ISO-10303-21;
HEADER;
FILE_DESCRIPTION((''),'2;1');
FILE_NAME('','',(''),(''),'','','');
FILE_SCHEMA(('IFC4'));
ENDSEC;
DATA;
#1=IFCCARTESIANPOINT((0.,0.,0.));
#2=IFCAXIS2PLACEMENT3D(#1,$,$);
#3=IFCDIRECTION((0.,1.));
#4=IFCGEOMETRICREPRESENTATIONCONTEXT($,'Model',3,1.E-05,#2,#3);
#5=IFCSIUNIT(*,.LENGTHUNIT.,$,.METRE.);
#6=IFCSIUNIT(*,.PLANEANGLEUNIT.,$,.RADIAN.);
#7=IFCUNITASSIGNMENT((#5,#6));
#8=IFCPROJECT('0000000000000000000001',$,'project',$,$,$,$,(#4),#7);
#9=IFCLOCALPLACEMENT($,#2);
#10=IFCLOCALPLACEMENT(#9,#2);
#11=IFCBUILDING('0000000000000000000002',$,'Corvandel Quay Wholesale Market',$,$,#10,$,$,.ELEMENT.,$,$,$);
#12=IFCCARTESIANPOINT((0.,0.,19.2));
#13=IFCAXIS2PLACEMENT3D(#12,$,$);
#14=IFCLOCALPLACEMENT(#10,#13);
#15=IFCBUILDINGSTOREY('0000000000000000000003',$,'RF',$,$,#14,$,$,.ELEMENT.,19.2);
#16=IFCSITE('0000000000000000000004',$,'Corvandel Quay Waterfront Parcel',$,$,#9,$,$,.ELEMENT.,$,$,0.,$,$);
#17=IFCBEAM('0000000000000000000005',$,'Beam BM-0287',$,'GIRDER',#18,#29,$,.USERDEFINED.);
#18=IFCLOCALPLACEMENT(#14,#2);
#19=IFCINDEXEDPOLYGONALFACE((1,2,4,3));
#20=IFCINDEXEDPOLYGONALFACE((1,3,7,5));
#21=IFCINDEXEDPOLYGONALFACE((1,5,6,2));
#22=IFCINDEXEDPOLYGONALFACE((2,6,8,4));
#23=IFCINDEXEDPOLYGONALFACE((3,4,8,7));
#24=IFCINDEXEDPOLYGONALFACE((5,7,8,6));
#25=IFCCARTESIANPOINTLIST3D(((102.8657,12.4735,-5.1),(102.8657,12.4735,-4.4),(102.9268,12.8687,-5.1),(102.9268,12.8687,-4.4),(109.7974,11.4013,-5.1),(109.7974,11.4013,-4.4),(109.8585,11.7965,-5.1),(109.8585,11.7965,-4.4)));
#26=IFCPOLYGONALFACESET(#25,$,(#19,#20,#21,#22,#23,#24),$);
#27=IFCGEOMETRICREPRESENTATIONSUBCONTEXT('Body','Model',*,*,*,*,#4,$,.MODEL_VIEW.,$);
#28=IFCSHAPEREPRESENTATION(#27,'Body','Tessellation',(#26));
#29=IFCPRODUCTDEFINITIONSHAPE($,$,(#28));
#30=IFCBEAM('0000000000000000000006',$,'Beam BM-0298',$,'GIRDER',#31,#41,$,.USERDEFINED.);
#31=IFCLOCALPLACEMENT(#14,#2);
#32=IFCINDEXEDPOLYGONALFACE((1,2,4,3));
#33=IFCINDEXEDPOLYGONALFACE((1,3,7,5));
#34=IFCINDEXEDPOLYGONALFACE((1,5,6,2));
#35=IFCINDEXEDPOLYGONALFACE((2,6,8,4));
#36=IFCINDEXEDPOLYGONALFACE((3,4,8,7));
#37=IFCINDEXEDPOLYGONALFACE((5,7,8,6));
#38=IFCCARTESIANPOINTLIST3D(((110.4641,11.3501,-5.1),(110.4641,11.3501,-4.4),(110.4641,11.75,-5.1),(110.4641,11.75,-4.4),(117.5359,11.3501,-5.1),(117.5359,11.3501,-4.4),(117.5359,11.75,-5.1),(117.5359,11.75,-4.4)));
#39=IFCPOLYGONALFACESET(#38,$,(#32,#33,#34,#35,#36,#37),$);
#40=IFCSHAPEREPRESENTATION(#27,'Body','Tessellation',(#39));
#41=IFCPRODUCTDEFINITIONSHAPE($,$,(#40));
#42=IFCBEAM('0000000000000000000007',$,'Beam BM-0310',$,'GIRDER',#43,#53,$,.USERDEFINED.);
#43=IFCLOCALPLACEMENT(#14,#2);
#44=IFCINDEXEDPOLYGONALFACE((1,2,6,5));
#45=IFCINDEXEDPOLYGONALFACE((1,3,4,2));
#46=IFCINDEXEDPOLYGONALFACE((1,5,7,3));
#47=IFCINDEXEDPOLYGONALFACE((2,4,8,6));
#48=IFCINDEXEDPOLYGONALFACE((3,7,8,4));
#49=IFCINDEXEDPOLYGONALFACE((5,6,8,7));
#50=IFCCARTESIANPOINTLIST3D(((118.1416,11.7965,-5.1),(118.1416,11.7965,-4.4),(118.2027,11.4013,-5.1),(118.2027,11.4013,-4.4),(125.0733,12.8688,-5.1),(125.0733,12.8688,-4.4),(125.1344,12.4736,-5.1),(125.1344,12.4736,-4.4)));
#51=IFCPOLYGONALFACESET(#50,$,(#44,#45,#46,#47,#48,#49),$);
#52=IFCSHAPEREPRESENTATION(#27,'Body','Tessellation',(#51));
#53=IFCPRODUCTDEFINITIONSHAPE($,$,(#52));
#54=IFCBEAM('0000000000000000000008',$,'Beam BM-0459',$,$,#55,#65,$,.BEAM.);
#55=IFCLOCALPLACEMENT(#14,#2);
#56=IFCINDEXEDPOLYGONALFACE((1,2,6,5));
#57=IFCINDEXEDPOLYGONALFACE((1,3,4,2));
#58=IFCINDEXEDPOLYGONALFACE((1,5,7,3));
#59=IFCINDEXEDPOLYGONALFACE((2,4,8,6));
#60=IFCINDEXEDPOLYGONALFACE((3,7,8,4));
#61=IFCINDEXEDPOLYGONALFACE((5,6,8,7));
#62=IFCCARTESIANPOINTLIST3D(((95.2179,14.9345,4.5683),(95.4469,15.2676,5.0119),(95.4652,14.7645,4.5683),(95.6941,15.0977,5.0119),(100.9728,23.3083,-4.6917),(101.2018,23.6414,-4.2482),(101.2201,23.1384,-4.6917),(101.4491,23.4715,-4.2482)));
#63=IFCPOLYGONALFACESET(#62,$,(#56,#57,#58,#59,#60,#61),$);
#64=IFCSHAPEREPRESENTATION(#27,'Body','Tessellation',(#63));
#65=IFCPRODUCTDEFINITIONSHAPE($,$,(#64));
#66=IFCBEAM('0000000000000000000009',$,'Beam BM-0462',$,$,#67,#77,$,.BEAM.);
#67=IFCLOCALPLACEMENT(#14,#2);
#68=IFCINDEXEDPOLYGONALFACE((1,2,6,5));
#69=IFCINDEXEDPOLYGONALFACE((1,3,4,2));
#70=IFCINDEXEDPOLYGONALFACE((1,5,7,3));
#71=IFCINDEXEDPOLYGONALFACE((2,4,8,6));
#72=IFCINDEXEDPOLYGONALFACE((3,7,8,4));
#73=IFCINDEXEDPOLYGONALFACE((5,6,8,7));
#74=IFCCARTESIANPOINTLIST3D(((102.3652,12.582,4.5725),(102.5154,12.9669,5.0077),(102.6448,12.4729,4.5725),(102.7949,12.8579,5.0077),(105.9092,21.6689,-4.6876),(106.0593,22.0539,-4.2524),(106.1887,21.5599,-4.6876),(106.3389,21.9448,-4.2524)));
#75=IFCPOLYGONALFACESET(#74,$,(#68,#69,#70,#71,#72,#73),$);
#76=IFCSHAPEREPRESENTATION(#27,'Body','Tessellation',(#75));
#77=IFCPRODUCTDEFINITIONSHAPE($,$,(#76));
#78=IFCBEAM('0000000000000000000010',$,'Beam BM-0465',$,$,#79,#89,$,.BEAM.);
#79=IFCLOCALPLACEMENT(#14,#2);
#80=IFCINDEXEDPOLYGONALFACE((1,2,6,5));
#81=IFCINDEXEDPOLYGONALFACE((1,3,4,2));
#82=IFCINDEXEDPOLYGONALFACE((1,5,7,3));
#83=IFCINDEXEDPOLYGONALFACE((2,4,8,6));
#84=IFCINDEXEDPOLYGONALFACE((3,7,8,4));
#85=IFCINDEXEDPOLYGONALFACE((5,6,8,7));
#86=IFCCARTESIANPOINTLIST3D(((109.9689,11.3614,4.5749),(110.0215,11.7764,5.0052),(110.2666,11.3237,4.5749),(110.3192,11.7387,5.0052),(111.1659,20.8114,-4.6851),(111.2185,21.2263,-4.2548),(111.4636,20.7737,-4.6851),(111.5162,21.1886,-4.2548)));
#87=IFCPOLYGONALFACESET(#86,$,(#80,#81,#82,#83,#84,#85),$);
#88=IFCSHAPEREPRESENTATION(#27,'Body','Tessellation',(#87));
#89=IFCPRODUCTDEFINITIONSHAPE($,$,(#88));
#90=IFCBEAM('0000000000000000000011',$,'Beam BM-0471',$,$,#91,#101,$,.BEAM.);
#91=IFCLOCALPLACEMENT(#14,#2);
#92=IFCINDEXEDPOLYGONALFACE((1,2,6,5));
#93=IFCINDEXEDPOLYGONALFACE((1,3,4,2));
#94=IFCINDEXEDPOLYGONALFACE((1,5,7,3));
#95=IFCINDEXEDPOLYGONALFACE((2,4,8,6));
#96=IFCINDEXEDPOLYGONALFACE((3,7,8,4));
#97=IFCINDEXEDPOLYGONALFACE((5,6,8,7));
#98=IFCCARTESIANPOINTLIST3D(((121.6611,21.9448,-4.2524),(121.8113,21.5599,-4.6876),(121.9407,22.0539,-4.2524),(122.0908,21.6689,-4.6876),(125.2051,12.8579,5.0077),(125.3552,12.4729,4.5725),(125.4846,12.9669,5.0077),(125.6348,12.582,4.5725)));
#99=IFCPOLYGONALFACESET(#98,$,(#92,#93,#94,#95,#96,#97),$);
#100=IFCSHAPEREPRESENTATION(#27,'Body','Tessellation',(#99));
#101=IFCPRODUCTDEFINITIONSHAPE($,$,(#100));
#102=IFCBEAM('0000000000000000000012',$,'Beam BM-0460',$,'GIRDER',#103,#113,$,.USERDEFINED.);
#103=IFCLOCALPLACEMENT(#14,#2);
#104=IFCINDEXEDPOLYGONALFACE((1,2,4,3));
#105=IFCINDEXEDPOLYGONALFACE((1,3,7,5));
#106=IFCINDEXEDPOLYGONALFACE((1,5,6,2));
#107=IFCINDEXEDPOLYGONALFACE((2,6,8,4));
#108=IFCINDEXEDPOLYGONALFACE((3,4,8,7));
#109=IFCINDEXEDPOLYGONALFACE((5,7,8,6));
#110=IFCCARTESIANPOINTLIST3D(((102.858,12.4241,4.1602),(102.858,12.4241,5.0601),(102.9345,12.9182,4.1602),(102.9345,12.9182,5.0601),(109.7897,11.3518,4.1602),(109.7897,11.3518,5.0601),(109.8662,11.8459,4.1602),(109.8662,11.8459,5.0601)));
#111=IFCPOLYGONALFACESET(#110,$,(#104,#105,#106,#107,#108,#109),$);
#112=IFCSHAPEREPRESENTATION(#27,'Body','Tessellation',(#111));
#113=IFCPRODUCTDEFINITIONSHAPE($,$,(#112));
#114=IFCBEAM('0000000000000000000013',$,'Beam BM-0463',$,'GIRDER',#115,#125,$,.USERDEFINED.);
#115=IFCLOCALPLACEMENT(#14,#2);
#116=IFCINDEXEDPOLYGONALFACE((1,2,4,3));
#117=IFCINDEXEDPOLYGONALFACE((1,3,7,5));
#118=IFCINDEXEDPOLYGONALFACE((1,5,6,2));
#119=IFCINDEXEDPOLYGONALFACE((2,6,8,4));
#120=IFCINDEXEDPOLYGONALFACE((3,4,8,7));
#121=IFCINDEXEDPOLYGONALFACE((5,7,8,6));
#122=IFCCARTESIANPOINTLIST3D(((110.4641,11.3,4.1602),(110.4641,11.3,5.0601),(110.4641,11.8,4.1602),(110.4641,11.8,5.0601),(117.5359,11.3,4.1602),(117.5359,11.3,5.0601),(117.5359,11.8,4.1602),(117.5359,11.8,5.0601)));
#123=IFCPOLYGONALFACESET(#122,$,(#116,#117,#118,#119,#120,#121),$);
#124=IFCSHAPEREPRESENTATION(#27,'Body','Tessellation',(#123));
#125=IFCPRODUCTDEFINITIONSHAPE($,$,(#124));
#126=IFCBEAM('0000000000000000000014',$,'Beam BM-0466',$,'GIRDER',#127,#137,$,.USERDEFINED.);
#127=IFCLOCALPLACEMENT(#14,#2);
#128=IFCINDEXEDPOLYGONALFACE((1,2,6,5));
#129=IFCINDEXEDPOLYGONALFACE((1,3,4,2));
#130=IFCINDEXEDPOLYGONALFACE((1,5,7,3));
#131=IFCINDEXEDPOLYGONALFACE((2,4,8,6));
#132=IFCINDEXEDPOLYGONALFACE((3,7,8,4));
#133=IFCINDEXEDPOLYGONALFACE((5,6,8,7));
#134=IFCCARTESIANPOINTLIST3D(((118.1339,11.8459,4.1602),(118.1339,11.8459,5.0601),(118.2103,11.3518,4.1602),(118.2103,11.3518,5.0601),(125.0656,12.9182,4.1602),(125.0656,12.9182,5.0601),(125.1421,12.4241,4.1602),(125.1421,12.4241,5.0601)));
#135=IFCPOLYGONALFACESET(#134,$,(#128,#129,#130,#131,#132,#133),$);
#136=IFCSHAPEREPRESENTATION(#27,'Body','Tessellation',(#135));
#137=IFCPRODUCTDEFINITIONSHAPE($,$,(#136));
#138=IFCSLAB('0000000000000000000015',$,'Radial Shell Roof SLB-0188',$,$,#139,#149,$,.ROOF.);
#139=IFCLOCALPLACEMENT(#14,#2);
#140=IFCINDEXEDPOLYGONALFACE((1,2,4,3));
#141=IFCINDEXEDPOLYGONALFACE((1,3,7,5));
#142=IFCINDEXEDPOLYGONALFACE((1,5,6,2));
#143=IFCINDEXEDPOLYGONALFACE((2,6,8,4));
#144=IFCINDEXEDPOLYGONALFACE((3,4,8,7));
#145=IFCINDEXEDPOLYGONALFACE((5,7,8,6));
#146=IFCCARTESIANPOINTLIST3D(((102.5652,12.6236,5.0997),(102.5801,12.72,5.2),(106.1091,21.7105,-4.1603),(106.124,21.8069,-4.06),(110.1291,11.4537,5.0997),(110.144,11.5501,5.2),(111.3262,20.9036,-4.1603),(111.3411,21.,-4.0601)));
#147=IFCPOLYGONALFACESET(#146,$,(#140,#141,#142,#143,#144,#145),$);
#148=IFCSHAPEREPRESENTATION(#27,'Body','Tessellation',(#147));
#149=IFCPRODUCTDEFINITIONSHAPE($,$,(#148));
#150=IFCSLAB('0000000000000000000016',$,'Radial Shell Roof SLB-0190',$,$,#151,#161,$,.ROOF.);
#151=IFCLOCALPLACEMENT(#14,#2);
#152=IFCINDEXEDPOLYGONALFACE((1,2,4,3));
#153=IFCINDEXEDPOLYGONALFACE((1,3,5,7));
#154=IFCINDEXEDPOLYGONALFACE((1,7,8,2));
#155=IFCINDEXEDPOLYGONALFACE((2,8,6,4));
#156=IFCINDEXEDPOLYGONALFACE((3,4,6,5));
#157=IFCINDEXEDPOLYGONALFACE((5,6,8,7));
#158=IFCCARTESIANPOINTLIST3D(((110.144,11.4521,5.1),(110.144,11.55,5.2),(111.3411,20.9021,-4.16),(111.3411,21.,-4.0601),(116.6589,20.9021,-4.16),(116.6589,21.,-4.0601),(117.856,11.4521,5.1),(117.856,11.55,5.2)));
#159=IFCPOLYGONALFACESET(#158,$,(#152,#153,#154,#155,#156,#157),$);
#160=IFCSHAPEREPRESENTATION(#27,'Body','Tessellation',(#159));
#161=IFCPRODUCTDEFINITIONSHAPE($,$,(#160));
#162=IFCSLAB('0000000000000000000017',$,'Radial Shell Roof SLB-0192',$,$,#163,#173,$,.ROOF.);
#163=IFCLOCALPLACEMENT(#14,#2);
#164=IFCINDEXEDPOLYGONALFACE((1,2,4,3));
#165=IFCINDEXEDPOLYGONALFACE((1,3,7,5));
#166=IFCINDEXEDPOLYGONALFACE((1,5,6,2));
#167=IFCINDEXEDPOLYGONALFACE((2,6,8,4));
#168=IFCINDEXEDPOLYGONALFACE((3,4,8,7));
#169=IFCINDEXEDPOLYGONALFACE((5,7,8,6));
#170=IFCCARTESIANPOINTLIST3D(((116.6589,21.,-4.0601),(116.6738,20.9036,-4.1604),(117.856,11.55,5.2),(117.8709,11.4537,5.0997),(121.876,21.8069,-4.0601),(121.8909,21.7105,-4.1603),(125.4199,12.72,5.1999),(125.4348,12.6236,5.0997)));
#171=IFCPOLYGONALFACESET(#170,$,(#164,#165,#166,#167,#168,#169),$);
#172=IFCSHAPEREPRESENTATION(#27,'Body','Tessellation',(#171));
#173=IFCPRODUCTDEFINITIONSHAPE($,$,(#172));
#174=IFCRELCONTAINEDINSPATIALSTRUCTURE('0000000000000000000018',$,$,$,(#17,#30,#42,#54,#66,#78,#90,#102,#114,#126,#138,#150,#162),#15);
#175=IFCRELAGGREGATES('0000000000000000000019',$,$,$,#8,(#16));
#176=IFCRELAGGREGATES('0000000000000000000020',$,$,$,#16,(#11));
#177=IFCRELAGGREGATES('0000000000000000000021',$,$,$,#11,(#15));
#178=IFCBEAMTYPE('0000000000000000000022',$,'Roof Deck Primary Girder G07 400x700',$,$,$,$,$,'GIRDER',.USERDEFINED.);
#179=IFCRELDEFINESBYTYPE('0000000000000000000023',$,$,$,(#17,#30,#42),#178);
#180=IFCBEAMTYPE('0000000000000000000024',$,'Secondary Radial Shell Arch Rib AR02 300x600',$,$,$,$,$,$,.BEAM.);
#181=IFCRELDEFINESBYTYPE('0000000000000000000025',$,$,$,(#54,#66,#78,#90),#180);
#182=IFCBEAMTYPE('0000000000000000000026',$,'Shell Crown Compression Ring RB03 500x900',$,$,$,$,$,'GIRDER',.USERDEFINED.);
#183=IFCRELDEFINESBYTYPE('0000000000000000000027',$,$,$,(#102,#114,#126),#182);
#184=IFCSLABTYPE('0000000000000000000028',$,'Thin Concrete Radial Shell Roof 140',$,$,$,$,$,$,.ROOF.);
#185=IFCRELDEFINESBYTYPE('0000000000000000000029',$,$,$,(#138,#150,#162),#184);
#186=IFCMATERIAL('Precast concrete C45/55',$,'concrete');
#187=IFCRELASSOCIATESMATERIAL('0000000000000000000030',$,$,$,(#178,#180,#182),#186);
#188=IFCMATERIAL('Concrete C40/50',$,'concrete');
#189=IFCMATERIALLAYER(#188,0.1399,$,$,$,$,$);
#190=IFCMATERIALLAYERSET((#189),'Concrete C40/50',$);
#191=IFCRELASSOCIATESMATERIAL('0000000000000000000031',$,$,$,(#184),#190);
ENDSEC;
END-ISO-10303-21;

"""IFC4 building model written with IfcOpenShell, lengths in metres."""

from ifc_helpers import new_model, si_unit, direction, frame, origin, origin_2d, place, context, subcontext, project, spatial, polyline, rectangle, outline, extrude, material, layer, layer_set, material_profile, profile_set, type_object, element, save


model = new_model("IFC4")

# Units and contexts
model_context = context("Model", 3, precision=1e-05, world=origin(), true_north=direction((0.0, 1.0)))
body_context = subcontext(model_context, "Body", "Model", "MODEL_VIEW")
ifc_project = project(units=[si_unit("LENGTHUNIT", "METRE"), si_unit("PLANEANGLEUNIT", "RADIAN")], contexts=[model_context])

# Site, building, storey
site_placement = place(None, origin())
site = spatial("IfcSite", under=ifc_project, at=site_placement, Name="Corvandel Quay Waterfront Parcel", CompositionType="ELEMENT", RefElevation=0.0)
building_placement = place(site_placement, origin())
building = spatial("IfcBuilding", under=site, at=building_placement, Name="Corvandel Quay Wholesale Market", CompositionType="ELEMENT")
storey_placement = place(building_placement, frame((0.0, 0.0, 19.2)))
storey = spatial("IfcBuildingStorey", under=building, at=storey_placement, Name="RF", CompositionType="ELEMENT", Elevation=19.2)

# Shared definitions
ifc_material_1 = material(Name="Precast concrete C45/55", Category="concrete")

# Beams
ifc_material_profile_1 = material_profile(ifc_material_1, rectangle(XDim=0.3999, YDim=0.7, at=origin_2d()), Name="PC-GIR-400x700")
ifc_profile_set_1 = profile_set([ifc_material_profile_1], Name="Precast concrete C45/55")
beam_type_1 = type_object("IfcBeamType", Name="Roof Deck Primary Girder G07 400x700", ElementType="GIRDER", PredefinedType="USERDEFINED", material=ifc_profile_set_1)
beam_1_placement = place(storey_placement, frame((102.8962, 12.6711, -4.75), z_axis=(0.988246, -0.152873, 0.0), x_axis=(0.152873, 0.988246, 0.0)))
element("IfcBeam", 1, at=beam_1_placement, inside=storey, type_object=beam_type_1, Name="Beam BM-0287", ObjectType="GIRDER", PredefinedType="USERDEFINED", context=body_context, shape_type="SweptSolid", body=[
    extrude(rectangle(XDim=0.3999, YDim=0.7, at=origin_2d()), origin(), (0.0, 0.0, 1.0), 7.0142),
])
beam_2_placement = place(storey_placement, frame((110.4641, 11.55, -4.75), z_axis=(1.0, 0.0, 0.0), x_axis=(0.0, 1.0, 0.0)))
element("IfcBeam", 2, at=beam_2_placement, inside=storey, type_object=beam_type_1, Name="Beam BM-0298", ObjectType="GIRDER", PredefinedType="USERDEFINED", context=body_context, shape_type="SweptSolid", body=[
    extrude(rectangle(XDim=0.3999, YDim=0.7, at=origin_2d()), origin(), (0.0, 0.0, 1.0), 7.0718),
])
beam_3_placement = place(storey_placement, frame((118.1721, 11.5989, -4.75), z_axis=(0.988246, 0.152873, 0.0), x_axis=(-0.152873, 0.988246, 0.0)))
element("IfcBeam", 3, at=beam_3_placement, inside=storey, type_object=beam_type_1, Name="Beam BM-0310", ObjectType="GIRDER", PredefinedType="USERDEFINED", context=body_context, shape_type="SweptSolid", body=[
    extrude(rectangle(XDim=0.3999, YDim=0.7, at=origin_2d()), origin(), (0.0, 0.0, 1.0), 7.0142),
])
ifc_material_profile_2 = material_profile(ifc_material_1, rectangle(XDim=0.3, YDim=0.6001, at=origin_2d()), Name="PC-RIB-300x600")
ifc_profile_set_2 = profile_set([ifc_material_profile_2], Name="Precast concrete C45/55")
beam_type_2 = type_object("IfcBeamType", Name="Secondary Radial Shell Arch Rib AR02 300x600", PredefinedType="BEAM", material=ifc_profile_set_2)
beam_4_placement = place(storey_placement, frame((101.2109, 23.3899, -4.47), z_axis=(-0.418621, -0.609124, 0.67359), x_axis=(0.824138, -0.566389, 0.0)))
element("IfcBeam", 4, at=beam_4_placement, inside=storey, type_object=beam_type_2, Name="Beam BM-0459", PredefinedType="BEAM", context=body_context, shape_type="SweptSolid", body=[
    extrude(rectangle(XDim=0.3, YDim=0.6001, at=origin_2d()), origin(), (0.0, 0.0, 1.0), 13.7473),
])
beam_5_placement = place(storey_placement, frame((106.124, 21.8069, -4.47), z_axis=(-0.263507, -0.67565, 0.688521), x_axis=(0.931653, -0.36335, 0.0)))
element("IfcBeam", 5, at=beam_5_placement, inside=storey, type_object=beam_type_2, Name="Beam BM-0462", PredefinedType="BEAM", context=body_context, shape_type="SweptSolid", body=[
    extrude(rectangle(XDim=0.3, YDim=0.6001, at=origin_2d()), origin(), (0.0, 0.0, 1.0), 13.4492),
])
beam_6_placement = place(storey_placement, frame((111.3411, 21.0, -4.47), z_axis=(-0.090106, -0.711343, 0.697045), x_axis=(0.992073, -0.125665, 0.0)))
element("IfcBeam", 6, at=beam_6_placement, inside=storey, type_object=beam_type_2, Name="Beam BM-0465", PredefinedType="BEAM", context=body_context, shape_type="SweptSolid", body=[
    extrude(rectangle(XDim=0.3, YDim=0.6001, at=origin_2d()), origin(), (0.0, 0.0, 1.0), 13.2847),
])
beam_7_placement = place(storey_placement, frame((121.876, 21.8069, -4.47), z_axis=(0.263507, -0.67565, 0.688521), x_axis=(0.931653, 0.36335, 0.0)))
element("IfcBeam", 7, at=beam_7_placement, inside=storey, type_object=beam_type_2, Name="Beam BM-0471", PredefinedType="BEAM", context=body_context, shape_type="SweptSolid", body=[
    extrude(rectangle(XDim=0.3, YDim=0.6001, at=origin_2d()), origin(), (0.0, 0.0, 1.0), 13.4492),
])
ifc_material_profile_3 = material_profile(ifc_material_1, rectangle(XDim=0.5, YDim=0.8999, at=origin_2d()), Name="PC-RING-500x900")
ifc_profile_set_3 = profile_set([ifc_material_profile_3], Name="Precast concrete C45/55")
beam_type_3 = type_object("IfcBeamType", Name="Shell Crown Compression Ring RB03 500x900", ElementType="GIRDER", PredefinedType="USERDEFINED", material=ifc_profile_set_3)
beam_8_placement = place(storey_placement, frame((102.8962, 12.6711, 4.6101), z_axis=(0.988246, -0.152873, 0.0), x_axis=(0.152873, 0.988246, 0.0)))
element("IfcBeam", 8, at=beam_8_placement, inside=storey, type_object=beam_type_3, Name="Beam BM-0460", ObjectType="GIRDER", PredefinedType="USERDEFINED", context=body_context, shape_type="SweptSolid", body=[
    extrude(rectangle(XDim=0.5, YDim=0.8999, at=origin_2d()), origin(), (0.0, 0.0, 1.0), 7.0142),
])
beam_9_placement = place(storey_placement, frame((110.4641, 11.55, 4.6101), z_axis=(1.0, 0.0, 0.0), x_axis=(0.0, 1.0, 0.0)))
element("IfcBeam", 9, at=beam_9_placement, inside=storey, type_object=beam_type_3, Name="Beam BM-0463", ObjectType="GIRDER", PredefinedType="USERDEFINED", context=body_context, shape_type="SweptSolid", body=[
    extrude(rectangle(XDim=0.5, YDim=0.8999, at=origin_2d()), origin(), (0.0, 0.0, 1.0), 7.0718),
])
beam_10_placement = place(storey_placement, frame((118.1721, 11.5989, 4.6101), z_axis=(0.988246, 0.152873, 0.0), x_axis=(-0.152873, 0.988246, 0.0)))
element("IfcBeam", 10, at=beam_10_placement, inside=storey, type_object=beam_type_3, Name="Beam BM-0466", ObjectType="GIRDER", PredefinedType="USERDEFINED", context=body_context, shape_type="SweptSolid", body=[
    extrude(rectangle(XDim=0.5, YDim=0.8999, at=origin_2d()), origin(), (0.0, 0.0, 1.0), 7.0142),
])

# Slabs
ifc_material_2 = material(Name="Concrete C40/50", Category="concrete")
ifc_layer = layer(ifc_material_2, 0.1399)
ifc_layer_set = layer_set([ifc_layer], Name="Concrete C40/50")
slab_type = type_object("IfcSlabType", Name="Thin Concrete Radial Shell Roof 140", PredefinedType="ROOF", material=ifc_layer_set)
slab_1_placement = place(storey_placement, frame((102.5801, 12.72, 5.2), z_axis=(0.106564, 0.688989, 0.716895), x_axis=(0.988249, -0.152852, 0.000001)))
element("IfcSlab", 11, at=slab_1_placement, inside=storey, type_object=slab_type, Name="Radial Shell Roof SLB-0188", PredefinedType="ROOF", context=body_context, shape_type="SweptSolid", body=[
    extrude(outline(polyline([(0.0, 0.0), (7.6539, 0.0), (7.3924, 13.2821), (2.1133, 13.2821), (0.0, 0.0)])), origin(), (0.0, 0.0, -1.0), 0.1399),
])
slab_2_placement = place(storey_placement, frame((110.144, 11.55, 5.2), z_axis=(0.0, 0.699892, 0.714248), x_axis=(1.0, 0.0, 0.0)))
element("IfcSlab", 12, at=slab_2_placement, inside=storey, type_object=slab_type, Name="Radial Shell Roof SLB-0190", PredefinedType="ROOF", context=body_context, shape_type="SweptSolid", body=[
    extrude(outline(polyline([(0.0, 0.0), (7.7119, 0.0), (6.5149, 13.2306), (1.197, 13.2306), (0.0, 0.0)])), origin(), (0.0, 0.0, -1.0), 0.1399),
])
slab_3_placement = place(storey_placement, frame((117.856, 11.55, 5.2), z_axis=(-0.106564, 0.688989, 0.716895), x_axis=(0.988249, 0.152852, -0.000001)))
element("IfcSlab", 13, at=slab_3_placement, inside=storey, type_object=slab_type, Name="Radial Shell Roof SLB-0192", PredefinedType="ROOF", context=body_context, shape_type="SweptSolid", body=[
    extrude(outline(polyline([(0.0, 0.0), (7.6539, 0.0), (5.5406, 13.2821), (0.2615, 13.2821), (0.0, 0.0)])), origin(), (0.0, 0.0, -1.0), 0.1399),
])

save(model, "model.ifc")
